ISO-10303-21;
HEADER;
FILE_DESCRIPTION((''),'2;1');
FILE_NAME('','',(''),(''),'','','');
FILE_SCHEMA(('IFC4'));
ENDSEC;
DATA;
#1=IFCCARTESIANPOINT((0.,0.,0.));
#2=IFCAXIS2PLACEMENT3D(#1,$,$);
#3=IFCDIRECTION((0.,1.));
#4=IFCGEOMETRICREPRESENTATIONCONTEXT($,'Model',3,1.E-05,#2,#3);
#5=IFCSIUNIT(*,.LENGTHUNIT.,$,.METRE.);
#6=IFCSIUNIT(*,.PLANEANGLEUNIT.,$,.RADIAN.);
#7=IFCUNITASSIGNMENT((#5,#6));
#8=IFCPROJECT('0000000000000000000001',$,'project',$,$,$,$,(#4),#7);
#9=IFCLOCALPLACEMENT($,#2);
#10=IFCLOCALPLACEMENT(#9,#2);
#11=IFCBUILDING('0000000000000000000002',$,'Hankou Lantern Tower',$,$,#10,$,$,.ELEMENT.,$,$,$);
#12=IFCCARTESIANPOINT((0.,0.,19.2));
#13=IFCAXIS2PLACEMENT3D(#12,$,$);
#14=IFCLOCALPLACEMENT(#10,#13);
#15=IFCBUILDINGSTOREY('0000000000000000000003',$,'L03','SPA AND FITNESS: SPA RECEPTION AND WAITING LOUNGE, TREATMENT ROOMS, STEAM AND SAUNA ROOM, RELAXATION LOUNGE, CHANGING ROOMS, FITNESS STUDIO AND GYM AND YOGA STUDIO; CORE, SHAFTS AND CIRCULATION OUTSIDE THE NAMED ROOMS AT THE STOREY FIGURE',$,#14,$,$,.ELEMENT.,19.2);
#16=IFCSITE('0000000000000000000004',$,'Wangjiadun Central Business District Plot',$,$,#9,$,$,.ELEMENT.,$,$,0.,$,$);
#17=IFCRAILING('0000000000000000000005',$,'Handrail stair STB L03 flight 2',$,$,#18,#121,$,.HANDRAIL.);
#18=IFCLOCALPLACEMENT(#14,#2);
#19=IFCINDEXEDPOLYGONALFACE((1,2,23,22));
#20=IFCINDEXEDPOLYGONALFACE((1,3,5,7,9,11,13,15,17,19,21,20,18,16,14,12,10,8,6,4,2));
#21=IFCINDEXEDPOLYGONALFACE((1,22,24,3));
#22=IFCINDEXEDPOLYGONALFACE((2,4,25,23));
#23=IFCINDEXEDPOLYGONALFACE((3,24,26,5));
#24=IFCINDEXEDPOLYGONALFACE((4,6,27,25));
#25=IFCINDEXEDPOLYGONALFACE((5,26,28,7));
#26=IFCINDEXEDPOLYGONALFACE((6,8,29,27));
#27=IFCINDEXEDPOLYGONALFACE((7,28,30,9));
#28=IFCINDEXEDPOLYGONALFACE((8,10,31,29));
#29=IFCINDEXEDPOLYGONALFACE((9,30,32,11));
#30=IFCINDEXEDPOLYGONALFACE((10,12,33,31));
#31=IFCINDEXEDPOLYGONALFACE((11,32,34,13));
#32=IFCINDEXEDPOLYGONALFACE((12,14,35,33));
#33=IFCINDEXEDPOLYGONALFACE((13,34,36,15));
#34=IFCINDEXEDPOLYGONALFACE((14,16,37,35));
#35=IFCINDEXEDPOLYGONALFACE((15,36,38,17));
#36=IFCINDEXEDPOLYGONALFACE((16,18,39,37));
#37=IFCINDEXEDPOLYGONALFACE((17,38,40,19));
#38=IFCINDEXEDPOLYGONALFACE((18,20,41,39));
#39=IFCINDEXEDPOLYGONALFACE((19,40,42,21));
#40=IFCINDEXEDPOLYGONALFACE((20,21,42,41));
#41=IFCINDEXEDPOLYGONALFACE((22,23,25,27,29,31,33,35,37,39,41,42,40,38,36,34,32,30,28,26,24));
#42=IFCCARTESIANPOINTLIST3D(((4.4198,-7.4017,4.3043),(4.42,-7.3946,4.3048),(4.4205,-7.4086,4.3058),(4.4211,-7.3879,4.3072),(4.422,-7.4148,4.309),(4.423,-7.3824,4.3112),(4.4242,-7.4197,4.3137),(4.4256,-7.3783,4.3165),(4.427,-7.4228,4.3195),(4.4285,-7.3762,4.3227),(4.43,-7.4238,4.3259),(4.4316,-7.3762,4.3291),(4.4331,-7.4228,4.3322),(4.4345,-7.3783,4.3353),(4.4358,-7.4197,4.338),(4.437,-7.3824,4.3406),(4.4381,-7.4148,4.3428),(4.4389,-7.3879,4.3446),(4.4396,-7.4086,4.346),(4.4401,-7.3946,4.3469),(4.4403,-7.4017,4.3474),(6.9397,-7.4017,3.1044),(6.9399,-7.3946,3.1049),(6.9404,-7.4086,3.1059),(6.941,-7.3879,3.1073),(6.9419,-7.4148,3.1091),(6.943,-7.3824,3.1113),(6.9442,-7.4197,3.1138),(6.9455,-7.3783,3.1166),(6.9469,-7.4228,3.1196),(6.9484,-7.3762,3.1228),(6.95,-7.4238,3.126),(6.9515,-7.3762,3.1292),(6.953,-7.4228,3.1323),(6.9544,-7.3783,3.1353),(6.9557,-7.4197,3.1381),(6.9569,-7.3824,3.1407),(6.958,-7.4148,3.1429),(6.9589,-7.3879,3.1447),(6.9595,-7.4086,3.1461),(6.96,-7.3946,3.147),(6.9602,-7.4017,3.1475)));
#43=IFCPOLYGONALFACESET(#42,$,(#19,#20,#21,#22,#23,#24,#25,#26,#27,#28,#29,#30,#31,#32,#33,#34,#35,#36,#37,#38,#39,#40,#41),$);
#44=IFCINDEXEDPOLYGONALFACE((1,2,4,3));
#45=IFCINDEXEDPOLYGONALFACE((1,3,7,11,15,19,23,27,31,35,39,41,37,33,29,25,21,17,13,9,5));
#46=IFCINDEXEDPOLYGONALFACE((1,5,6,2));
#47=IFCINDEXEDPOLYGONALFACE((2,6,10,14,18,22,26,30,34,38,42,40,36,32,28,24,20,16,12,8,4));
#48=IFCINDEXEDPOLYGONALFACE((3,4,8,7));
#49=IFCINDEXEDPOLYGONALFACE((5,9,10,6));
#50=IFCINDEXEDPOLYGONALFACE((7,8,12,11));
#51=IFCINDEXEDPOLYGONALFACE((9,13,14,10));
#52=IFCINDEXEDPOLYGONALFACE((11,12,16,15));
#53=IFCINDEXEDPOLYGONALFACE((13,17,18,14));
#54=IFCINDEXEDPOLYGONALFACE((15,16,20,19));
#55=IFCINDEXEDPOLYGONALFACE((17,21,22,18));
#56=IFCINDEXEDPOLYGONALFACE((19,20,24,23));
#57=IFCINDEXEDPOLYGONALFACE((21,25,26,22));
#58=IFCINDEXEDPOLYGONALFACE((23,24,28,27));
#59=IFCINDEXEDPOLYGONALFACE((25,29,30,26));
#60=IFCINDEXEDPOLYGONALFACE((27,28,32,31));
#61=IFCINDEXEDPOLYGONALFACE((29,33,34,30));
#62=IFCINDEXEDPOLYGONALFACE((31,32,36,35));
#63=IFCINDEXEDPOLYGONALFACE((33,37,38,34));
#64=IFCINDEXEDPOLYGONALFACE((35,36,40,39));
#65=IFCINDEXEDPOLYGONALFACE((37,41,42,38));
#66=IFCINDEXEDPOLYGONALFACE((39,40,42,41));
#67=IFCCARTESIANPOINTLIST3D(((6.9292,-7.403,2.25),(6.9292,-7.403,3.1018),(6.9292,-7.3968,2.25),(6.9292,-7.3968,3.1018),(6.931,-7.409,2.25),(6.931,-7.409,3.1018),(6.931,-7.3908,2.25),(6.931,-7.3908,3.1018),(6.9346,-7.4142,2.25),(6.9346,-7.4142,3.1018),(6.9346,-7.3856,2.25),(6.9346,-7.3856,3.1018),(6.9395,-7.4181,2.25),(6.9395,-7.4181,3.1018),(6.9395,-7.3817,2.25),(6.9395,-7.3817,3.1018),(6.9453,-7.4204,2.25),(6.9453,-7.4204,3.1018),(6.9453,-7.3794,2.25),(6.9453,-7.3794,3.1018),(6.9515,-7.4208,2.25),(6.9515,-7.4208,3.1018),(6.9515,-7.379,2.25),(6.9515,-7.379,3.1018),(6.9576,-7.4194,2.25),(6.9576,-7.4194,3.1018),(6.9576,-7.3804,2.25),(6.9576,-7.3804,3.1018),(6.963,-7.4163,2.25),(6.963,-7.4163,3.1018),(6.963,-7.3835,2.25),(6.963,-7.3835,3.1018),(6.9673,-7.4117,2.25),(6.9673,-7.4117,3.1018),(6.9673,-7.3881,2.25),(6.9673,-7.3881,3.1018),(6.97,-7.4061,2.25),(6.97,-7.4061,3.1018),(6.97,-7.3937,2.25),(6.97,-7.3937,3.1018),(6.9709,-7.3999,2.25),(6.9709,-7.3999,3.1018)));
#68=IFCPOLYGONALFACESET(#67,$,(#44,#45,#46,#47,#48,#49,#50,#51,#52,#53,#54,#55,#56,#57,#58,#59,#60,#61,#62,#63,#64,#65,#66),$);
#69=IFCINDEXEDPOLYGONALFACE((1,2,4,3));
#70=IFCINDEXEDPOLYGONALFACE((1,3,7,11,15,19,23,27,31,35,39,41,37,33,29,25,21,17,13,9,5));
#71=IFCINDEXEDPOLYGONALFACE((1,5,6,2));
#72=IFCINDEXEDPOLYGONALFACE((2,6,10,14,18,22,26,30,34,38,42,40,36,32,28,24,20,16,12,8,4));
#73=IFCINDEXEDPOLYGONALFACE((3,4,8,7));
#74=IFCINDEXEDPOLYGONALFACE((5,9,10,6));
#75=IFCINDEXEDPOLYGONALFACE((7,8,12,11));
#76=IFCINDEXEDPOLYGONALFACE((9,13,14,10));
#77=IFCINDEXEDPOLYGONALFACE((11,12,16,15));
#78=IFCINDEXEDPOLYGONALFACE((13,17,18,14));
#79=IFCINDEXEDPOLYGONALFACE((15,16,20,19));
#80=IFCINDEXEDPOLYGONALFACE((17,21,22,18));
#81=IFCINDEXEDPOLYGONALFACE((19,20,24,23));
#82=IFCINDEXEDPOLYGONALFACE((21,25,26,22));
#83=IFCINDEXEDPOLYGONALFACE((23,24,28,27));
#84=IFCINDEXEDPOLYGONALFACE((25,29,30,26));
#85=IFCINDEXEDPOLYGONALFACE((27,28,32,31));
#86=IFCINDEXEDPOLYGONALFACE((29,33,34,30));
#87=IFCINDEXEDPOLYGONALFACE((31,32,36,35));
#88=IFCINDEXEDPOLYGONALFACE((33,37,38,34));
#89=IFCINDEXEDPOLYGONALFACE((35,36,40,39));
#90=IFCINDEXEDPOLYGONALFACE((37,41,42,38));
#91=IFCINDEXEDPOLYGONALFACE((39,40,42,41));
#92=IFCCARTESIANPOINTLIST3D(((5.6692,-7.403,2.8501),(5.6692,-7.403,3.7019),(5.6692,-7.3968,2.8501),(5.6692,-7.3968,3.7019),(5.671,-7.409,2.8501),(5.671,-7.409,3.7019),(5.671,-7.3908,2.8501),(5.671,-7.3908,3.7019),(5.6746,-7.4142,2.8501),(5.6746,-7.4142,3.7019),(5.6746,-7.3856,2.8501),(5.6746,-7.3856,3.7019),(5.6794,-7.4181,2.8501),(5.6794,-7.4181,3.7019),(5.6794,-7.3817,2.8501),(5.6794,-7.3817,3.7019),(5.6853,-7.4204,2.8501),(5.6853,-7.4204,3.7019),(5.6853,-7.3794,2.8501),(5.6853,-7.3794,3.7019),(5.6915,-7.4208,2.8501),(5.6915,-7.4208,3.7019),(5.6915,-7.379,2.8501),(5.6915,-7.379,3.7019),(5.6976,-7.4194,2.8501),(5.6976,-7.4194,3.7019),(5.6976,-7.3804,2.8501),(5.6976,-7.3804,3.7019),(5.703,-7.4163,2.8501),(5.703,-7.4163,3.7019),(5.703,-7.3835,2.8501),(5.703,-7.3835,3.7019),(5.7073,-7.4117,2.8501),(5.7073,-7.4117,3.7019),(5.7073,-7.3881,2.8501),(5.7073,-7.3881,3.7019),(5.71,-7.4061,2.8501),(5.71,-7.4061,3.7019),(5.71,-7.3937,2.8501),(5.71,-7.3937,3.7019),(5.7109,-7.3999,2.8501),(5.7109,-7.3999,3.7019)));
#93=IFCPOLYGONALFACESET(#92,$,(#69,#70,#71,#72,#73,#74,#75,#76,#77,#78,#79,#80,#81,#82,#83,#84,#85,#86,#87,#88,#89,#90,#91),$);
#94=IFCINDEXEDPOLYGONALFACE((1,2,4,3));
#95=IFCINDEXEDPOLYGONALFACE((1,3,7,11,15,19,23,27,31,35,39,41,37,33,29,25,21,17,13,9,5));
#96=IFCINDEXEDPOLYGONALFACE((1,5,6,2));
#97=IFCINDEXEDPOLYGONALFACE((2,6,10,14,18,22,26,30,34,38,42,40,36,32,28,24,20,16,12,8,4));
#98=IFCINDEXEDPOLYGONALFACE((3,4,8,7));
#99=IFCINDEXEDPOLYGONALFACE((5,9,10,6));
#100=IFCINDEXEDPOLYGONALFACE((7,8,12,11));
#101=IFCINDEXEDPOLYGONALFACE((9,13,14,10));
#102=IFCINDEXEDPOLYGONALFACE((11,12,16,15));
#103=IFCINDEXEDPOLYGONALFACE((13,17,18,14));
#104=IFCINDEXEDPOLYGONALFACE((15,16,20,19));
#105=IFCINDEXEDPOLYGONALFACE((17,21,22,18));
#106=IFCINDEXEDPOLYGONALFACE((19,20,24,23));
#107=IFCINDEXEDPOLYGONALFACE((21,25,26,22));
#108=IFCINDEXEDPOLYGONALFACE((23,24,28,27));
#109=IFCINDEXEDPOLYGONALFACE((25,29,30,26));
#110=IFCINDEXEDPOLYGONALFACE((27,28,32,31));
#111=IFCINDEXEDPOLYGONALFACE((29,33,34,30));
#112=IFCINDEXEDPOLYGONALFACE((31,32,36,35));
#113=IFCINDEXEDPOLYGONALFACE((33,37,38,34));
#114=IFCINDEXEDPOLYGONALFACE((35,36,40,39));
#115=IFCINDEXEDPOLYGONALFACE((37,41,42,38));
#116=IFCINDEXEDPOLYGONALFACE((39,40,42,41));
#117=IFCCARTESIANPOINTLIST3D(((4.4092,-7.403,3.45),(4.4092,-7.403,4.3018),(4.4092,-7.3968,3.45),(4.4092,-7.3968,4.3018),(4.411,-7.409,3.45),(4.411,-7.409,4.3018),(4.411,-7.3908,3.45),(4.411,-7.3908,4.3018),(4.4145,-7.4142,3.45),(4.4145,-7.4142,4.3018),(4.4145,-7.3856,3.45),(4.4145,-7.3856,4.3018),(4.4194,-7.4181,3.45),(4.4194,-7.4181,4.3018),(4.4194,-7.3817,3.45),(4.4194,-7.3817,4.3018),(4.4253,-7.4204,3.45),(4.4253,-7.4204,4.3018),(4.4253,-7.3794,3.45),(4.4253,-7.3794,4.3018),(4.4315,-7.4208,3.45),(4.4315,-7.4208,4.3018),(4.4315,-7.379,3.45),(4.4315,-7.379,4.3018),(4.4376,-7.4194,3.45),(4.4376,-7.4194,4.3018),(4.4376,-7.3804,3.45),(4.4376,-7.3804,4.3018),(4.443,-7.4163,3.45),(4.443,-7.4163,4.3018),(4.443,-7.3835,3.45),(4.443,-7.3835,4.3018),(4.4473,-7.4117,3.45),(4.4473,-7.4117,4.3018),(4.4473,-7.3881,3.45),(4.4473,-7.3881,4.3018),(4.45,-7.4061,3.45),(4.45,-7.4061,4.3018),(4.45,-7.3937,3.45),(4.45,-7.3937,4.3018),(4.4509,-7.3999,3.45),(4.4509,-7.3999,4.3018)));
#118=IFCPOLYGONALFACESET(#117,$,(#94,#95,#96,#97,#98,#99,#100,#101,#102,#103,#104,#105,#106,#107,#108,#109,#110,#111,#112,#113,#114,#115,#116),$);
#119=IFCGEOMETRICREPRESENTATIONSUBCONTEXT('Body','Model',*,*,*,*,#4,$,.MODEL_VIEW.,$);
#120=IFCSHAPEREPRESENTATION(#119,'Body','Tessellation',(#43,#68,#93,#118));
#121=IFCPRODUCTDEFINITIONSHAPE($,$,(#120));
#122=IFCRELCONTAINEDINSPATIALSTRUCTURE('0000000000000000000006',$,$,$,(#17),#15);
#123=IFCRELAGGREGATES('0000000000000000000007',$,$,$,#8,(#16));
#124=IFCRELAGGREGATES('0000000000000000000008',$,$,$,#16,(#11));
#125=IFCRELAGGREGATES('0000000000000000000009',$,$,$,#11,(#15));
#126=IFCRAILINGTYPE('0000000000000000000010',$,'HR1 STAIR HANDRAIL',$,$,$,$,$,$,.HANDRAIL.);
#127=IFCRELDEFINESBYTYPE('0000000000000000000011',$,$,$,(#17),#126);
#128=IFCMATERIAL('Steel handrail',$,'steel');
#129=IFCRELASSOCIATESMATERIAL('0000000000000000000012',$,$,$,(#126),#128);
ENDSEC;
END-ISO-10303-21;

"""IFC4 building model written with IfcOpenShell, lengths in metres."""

from ifc_helpers import new_model, si_unit, direction, frame, origin, origin_2d, place, context, subcontext, project, spatial, circle, extrude, material, type_object, element, save


model = new_model("IFC4")

# Units and contexts
model_context = context("Model", 3, precision=1e-05, world=origin(), true_north=direction((0.0, 1.0)))
body_context = subcontext(model_context, "Body", "Model", "MODEL_VIEW")
ifc_project = project(units=[si_unit("LENGTHUNIT", "METRE"), si_unit("PLANEANGLEUNIT", "RADIAN")], contexts=[model_context])

# Site, building, storey
site_placement = place(None, origin())
site = spatial("IfcSite", under=ifc_project, at=site_placement, Name="Wangjiadun Central Business District Plot", CompositionType="ELEMENT", RefElevation=0.0)
building_placement = place(site_placement, origin())
building = spatial("IfcBuilding", under=site, at=building_placement, Name="Hankou Lantern Tower", CompositionType="ELEMENT")
storey_placement = place(building_placement, frame((0.0, 0.0, 19.2)))
storey = spatial("IfcBuildingStorey", under=building, at=storey_placement, Name="L03", Description="SPA AND FITNESS: SPA RECEPTION AND WAITING LOUNGE, TREATMENT ROOMS, STEAM AND SAUNA ROOM, RELAXATION LOUNGE, CHANGING ROOMS, FITNESS STUDIO AND GYM AND YOGA STUDIO; CORE, SHAFTS AND CIRCULATION OUTSIDE THE NAMED ROOMS AT THE STOREY FIGURE", CompositionType="ELEMENT", Elevation=19.2)

# Railing
ifc_material_1 = material(Name="Steel handrail", Category="steel")
railing_type = type_object("IfcRailingType", Name="HR1 STAIR HANDRAIL", PredefinedType="HANDRAIL", material=ifc_material_1)
railing_1_placement = place(storey_placement, frame((6.95, -7.3999, 2.25)))
element("IfcRailing", 1, at=railing_1_placement, inside=storey, type_object=railing_type, Name="Handrail stair STB L03 flight 2", PredefinedType="HANDRAIL", context=body_context, shape_type="SweptSolid", body=[
    extrude(circle(Radius=0.0239, at=origin_2d()), frame((0.0, 0.0, 0.876), z_axis=(-0.902869, 0.0, 0.429917), x_axis=(0.0, -1.0, 0.0)), (0.0, 0.0, 1.0), 2.791),
    extrude(circle(Radius=0.021, at=origin_2d()), origin(), (0.0, 0.0, 1.0), 0.8518),
    extrude(circle(Radius=0.021, at=origin_2d()), frame((-1.26, 0.0, 0.6001)), (0.0, 0.0, 1.0), 0.8518),
    extrude(circle(Radius=0.021, at=origin_2d()), frame((-2.52, 0.0, 1.2)), (0.0, 0.0, 1.0), 0.8518),
])

save(model, "model.ifc")
